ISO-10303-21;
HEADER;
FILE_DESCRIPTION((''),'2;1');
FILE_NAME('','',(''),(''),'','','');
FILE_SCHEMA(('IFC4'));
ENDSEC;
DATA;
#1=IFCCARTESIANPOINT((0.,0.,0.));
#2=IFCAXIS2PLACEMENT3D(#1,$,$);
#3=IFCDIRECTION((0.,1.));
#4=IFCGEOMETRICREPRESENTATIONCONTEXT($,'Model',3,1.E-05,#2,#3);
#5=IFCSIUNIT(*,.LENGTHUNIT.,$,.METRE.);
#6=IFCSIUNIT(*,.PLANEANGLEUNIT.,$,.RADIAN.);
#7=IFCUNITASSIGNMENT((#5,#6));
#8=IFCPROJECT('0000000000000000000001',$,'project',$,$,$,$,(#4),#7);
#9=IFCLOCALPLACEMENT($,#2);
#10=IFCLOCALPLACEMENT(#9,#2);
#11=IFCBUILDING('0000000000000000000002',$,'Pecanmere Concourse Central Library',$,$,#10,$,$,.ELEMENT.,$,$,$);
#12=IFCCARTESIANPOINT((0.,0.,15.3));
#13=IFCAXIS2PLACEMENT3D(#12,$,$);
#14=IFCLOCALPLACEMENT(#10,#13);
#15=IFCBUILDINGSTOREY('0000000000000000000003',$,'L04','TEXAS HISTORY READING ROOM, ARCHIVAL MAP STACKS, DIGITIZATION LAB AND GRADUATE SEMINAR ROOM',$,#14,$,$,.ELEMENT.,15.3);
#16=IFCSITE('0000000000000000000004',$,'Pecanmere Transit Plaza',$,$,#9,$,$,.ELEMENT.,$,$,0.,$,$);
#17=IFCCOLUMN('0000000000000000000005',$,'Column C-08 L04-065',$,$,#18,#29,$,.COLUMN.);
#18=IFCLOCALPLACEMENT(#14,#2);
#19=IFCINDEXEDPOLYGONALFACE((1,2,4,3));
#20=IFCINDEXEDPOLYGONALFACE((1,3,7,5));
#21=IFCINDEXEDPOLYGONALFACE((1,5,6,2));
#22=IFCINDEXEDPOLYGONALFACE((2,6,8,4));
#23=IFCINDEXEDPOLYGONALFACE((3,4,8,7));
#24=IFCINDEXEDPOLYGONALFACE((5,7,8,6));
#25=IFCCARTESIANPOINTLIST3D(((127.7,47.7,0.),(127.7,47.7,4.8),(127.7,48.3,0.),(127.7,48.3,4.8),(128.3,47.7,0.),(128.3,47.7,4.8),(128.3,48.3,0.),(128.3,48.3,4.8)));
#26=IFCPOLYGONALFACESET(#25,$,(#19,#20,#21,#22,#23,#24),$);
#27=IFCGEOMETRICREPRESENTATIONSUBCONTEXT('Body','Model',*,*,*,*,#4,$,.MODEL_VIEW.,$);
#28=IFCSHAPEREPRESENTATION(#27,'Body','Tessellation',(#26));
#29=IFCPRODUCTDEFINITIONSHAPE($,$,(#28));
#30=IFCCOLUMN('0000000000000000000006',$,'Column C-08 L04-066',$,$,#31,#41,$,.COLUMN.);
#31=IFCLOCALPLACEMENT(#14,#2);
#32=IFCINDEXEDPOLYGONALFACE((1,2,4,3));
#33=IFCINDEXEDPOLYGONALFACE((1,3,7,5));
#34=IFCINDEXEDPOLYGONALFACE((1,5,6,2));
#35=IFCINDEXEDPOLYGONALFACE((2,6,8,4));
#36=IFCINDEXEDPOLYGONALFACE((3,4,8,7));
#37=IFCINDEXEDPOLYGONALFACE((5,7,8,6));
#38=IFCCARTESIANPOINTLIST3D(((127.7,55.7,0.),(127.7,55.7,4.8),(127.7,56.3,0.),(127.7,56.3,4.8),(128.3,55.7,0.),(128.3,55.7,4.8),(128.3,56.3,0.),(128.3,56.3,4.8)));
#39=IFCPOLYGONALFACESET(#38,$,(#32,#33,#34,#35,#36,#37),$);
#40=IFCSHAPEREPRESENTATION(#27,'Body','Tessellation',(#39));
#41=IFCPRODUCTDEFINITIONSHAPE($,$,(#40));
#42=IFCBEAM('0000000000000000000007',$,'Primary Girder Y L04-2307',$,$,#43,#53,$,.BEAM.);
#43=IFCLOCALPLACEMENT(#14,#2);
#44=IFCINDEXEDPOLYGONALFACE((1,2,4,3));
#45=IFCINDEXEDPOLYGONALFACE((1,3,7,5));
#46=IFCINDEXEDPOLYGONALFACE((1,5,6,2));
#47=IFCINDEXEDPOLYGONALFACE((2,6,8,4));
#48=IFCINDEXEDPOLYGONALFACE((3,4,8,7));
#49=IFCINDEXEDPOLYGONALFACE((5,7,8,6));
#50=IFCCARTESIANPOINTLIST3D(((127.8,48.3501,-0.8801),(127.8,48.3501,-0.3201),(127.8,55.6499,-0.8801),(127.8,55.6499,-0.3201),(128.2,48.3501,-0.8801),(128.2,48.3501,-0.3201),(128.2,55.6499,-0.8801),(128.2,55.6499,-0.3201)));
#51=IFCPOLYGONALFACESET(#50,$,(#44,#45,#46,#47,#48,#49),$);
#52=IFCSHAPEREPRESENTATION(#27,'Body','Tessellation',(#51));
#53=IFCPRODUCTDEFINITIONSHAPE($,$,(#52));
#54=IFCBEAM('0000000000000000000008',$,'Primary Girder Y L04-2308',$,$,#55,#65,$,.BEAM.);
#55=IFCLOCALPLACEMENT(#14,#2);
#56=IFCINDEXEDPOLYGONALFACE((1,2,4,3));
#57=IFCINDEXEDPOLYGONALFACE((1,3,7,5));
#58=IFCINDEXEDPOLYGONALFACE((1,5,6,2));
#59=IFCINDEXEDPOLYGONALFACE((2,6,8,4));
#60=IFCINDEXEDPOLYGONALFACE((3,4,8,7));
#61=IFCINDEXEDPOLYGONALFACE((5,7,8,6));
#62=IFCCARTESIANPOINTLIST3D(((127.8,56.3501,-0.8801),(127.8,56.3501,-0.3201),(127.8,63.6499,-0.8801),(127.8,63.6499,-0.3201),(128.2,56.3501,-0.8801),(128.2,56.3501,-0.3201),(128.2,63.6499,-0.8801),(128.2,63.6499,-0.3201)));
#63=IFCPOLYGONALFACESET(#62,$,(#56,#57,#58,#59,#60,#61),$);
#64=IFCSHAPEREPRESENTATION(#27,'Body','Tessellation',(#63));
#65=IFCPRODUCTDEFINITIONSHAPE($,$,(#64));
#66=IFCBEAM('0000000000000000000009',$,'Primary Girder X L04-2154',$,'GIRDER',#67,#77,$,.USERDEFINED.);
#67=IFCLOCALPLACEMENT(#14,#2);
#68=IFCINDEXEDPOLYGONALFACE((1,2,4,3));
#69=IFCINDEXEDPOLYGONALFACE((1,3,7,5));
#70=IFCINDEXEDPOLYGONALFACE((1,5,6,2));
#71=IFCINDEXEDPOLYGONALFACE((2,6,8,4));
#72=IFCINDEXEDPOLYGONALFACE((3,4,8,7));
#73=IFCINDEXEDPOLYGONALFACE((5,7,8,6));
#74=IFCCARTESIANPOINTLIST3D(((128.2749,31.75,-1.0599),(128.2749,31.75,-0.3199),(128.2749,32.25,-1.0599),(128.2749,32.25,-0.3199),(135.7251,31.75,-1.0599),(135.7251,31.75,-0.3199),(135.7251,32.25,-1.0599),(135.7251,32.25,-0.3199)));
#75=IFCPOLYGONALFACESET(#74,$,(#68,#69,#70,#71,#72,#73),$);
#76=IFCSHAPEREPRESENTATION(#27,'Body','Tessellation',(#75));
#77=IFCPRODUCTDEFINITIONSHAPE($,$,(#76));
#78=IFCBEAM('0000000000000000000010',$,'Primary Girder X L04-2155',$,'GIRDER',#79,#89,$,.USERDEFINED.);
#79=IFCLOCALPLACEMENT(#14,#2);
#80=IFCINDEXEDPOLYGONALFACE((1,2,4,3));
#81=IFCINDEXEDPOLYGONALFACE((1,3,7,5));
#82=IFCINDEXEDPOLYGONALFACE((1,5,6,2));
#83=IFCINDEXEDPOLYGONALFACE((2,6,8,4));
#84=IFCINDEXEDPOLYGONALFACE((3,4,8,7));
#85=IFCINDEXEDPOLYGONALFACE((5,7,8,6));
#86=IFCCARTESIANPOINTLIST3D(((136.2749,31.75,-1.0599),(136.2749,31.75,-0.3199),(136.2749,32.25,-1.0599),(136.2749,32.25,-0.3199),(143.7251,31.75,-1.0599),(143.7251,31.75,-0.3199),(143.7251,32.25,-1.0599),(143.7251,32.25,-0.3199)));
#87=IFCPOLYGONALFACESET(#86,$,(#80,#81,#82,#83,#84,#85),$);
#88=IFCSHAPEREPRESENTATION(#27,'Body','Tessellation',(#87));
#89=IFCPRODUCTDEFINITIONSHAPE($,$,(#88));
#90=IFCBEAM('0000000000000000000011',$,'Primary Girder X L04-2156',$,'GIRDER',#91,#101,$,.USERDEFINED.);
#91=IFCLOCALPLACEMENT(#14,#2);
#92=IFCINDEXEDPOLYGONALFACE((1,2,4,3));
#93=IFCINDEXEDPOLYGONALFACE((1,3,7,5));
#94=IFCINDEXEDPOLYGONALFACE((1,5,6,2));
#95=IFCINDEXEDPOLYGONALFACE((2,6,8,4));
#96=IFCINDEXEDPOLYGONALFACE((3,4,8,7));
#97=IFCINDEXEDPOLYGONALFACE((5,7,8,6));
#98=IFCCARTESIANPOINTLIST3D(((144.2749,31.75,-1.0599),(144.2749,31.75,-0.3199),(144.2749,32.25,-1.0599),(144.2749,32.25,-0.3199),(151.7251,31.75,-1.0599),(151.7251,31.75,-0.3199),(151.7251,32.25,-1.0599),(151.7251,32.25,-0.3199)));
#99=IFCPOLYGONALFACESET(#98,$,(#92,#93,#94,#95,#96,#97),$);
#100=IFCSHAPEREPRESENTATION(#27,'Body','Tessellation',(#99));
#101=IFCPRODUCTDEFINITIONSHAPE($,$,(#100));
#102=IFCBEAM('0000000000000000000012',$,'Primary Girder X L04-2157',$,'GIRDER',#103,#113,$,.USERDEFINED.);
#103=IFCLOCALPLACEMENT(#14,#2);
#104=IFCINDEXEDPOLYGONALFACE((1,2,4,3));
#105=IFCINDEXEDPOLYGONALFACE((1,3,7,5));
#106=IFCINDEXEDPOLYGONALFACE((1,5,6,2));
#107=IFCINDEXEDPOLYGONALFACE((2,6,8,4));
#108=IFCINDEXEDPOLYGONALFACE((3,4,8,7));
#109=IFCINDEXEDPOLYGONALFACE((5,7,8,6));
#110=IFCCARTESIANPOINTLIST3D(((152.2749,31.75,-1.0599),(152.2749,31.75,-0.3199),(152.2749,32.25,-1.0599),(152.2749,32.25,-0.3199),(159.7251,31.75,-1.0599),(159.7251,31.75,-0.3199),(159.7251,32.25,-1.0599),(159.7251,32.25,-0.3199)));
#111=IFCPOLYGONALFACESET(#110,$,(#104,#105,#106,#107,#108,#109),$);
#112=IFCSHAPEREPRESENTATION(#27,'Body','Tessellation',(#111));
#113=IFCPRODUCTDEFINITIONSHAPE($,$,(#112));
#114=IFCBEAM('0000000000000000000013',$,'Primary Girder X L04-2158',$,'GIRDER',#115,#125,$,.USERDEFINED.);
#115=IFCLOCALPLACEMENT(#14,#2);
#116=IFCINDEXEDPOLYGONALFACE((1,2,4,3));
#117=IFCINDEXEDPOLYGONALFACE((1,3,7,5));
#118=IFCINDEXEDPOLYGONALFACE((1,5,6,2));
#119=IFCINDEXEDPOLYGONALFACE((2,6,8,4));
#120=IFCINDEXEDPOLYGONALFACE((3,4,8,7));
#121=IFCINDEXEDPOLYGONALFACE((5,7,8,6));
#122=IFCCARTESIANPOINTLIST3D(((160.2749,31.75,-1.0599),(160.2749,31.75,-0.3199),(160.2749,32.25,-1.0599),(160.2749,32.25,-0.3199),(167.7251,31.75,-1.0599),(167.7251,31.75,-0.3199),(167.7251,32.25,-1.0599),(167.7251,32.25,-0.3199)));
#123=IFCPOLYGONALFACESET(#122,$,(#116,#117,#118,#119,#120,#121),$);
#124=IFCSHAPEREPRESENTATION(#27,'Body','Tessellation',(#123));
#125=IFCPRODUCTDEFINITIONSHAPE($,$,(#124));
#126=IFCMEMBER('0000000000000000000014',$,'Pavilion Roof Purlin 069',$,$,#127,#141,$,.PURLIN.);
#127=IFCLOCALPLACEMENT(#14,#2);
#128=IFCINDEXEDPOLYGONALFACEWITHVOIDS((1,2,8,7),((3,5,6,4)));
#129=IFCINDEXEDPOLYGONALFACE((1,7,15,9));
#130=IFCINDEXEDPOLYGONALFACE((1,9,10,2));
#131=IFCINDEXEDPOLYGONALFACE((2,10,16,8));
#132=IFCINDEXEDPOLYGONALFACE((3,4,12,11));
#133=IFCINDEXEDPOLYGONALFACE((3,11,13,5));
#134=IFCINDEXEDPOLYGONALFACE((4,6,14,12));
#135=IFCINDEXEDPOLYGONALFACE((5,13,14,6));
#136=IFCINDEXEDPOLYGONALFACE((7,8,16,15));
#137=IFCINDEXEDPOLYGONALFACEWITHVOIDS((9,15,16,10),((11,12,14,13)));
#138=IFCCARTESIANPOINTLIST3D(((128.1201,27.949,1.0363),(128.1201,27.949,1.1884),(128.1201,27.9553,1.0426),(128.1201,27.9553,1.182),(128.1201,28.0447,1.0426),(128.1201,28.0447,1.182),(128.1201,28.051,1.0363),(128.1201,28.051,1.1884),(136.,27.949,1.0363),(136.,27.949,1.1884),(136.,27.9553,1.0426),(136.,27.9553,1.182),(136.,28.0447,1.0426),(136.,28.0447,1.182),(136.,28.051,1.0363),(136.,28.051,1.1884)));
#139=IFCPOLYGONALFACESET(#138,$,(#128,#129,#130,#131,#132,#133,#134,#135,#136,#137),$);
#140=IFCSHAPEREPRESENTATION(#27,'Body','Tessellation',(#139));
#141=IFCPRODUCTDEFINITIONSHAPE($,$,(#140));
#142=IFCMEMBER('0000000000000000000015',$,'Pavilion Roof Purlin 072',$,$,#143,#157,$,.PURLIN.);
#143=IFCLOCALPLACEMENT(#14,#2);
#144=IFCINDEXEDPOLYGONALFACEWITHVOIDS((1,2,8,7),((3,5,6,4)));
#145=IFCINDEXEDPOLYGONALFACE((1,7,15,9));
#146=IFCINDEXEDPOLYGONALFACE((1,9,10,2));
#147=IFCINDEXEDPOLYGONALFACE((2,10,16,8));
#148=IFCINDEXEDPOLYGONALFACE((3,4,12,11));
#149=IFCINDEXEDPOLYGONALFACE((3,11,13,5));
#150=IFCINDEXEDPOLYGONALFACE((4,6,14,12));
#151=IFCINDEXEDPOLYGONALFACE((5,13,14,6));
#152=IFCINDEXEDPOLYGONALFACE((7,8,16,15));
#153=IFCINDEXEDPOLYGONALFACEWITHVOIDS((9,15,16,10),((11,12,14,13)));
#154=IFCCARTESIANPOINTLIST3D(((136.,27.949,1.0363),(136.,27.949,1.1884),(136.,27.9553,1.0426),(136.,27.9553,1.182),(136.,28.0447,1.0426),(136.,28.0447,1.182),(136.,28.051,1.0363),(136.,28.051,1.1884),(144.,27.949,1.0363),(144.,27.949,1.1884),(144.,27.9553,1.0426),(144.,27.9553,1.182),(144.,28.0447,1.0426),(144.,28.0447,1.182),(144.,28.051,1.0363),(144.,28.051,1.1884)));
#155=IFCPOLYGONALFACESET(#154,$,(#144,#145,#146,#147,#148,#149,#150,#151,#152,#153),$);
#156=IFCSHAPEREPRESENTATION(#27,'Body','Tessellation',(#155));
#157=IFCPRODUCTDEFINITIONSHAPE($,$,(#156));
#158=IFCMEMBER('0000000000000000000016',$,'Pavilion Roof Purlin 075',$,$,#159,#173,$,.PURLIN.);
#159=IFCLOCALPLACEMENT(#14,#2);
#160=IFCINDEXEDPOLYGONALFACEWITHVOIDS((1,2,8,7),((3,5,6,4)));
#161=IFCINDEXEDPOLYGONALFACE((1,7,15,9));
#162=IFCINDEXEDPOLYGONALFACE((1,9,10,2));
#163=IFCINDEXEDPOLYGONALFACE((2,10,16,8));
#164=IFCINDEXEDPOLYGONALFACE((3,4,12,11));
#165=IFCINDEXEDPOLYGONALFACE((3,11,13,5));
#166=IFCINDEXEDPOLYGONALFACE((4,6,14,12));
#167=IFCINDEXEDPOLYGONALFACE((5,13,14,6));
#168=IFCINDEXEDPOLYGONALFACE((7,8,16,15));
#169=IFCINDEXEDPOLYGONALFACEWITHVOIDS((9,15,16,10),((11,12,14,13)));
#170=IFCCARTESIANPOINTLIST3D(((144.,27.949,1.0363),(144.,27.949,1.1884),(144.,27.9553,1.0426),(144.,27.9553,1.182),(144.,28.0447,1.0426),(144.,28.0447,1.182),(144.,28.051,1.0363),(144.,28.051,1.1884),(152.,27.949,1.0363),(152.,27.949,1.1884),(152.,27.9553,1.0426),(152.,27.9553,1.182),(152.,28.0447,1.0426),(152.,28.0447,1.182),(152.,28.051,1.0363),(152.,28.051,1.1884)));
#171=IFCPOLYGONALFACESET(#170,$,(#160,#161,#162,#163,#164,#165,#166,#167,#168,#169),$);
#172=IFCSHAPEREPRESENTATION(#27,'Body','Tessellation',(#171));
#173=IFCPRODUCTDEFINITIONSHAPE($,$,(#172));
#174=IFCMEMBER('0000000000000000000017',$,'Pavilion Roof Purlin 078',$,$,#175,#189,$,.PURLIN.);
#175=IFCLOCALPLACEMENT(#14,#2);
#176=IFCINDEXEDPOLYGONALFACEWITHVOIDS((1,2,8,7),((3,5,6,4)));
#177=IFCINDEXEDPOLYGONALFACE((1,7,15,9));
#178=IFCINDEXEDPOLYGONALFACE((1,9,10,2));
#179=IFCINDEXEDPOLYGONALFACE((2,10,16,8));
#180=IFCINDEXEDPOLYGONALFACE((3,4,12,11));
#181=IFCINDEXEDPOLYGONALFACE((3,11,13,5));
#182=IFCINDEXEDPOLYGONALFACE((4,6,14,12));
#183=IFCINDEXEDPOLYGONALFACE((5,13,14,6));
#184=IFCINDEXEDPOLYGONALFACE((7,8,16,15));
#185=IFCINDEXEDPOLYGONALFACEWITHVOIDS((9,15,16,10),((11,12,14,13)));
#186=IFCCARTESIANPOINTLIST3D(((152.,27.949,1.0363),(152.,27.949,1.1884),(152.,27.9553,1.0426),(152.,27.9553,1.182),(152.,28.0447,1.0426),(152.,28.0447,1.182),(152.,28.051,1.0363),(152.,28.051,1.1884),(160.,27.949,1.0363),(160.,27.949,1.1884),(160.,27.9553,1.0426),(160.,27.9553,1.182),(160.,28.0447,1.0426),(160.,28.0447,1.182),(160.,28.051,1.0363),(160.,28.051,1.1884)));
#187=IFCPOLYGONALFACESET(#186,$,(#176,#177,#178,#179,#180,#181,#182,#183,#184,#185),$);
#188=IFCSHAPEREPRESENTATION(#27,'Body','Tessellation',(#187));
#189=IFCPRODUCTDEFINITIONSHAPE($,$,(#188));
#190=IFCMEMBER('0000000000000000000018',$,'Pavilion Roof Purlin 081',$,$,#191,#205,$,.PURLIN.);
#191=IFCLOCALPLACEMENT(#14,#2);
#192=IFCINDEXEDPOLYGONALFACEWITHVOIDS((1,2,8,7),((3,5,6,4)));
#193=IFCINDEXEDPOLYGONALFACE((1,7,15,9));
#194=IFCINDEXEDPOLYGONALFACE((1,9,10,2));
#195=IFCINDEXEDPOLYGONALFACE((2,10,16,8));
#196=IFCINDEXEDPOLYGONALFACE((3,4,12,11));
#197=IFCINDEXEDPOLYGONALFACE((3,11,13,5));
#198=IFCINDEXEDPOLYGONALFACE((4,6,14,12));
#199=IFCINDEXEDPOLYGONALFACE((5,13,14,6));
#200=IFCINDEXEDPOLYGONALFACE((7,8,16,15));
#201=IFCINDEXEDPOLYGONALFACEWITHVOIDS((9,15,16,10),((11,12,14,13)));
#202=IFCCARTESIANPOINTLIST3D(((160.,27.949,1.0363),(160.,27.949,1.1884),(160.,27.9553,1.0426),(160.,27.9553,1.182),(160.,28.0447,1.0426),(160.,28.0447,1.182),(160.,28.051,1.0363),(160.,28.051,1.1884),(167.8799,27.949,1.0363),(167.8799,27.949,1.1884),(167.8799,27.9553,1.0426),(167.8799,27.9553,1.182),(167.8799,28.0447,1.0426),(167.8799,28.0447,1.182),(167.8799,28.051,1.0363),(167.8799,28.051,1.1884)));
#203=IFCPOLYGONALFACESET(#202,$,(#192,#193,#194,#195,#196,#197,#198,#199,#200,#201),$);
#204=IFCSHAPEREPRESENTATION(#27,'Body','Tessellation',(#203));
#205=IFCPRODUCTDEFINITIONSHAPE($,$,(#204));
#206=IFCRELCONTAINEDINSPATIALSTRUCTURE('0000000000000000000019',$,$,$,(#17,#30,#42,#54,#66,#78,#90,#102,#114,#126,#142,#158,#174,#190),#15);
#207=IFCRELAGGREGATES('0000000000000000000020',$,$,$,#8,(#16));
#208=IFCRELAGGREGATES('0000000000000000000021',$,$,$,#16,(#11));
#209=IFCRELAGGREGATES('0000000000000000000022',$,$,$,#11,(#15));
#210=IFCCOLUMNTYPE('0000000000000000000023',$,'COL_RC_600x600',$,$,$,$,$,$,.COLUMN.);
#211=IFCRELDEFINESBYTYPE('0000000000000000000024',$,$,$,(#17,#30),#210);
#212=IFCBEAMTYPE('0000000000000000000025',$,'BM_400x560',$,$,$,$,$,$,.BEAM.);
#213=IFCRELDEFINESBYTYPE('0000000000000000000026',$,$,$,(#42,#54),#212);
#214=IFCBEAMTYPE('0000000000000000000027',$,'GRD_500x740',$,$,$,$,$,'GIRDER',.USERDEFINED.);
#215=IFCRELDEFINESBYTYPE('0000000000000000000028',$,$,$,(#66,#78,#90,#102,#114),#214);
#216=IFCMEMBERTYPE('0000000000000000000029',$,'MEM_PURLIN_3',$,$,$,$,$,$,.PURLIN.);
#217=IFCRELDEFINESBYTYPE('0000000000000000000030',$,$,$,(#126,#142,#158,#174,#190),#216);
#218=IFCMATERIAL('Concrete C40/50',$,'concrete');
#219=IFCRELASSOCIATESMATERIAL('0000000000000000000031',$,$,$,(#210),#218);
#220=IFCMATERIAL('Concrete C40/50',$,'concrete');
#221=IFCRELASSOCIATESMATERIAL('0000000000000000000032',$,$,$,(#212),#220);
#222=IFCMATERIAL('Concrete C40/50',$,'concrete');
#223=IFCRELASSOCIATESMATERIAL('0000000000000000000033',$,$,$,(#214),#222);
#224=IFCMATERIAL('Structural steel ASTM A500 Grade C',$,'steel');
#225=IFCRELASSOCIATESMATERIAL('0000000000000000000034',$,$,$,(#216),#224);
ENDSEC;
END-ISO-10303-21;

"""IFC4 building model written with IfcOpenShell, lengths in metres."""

from ifc_helpers import new_model, si_unit, direction, frame, origin, origin_2d, place, context, subcontext, project, spatial, rectangle, hollow_rectangle, extrude, material, material_profile, profile_set, type_object, element, save


model = new_model("IFC4")

# Units and contexts
model_context = context("Model", 3, precision=1e-05, world=origin(), true_north=direction((0.0, 1.0)))
body_context = subcontext(model_context, "Body", "Model", "MODEL_VIEW")
ifc_project = project(units=[si_unit("LENGTHUNIT", "METRE"), si_unit("PLANEANGLEUNIT", "RADIAN")], contexts=[model_context])

# Site, building, storey
site_placement = place(None, origin())
site = spatial("IfcSite", under=ifc_project, at=site_placement, Name="Pecanmere Transit Plaza", CompositionType="ELEMENT", RefElevation=0.0)
building_placement = place(site_placement, origin())
building = spatial("IfcBuilding", under=site, at=building_placement, Name="Pecanmere Concourse Central Library", CompositionType="ELEMENT")
storey_placement = place(building_placement, frame((0.0, 0.0, 15.3)))
storey = spatial("IfcBuildingStorey", under=building, at=storey_placement, Name="L04", Description="TEXAS HISTORY READING ROOM, ARCHIVAL MAP STACKS, DIGITIZATION LAB AND GRADUATE SEMINAR ROOM", CompositionType="ELEMENT", Elevation=15.3)

# Columns
ifc_material_1 = material(Name="Concrete C40/50", Category="concrete")
ifc_material_profile_1 = material_profile(ifc_material_1, rectangle(XDim=0.6001, YDim=0.6001, at=origin_2d()), Name="RC 600x600")
ifc_profile_set_1 = profile_set([ifc_material_profile_1], Name="Concrete C40/50")
column_type = type_object("IfcColumnType", Name="COL_RC_600x600", PredefinedType="COLUMN", material=ifc_profile_set_1)
for number, where, z_axis, x_axis, name in (
    (1, (128.0, 48.0, 0.0), (0.0, 0.0, 1.0), (1.0, 0.0, 0.0), "Column C-08 L04-065"),
    (2, (128.0, 56.0, 0.0), (0.0, 0.0, 1.0), (1.0, 0.0, 0.0), "Column C-08 L04-066"),
):
    element("IfcColumn", number, at=place(storey_placement, frame(where, z_axis=z_axis, x_axis=x_axis)), inside=storey, type_object=column_type, Name=name, PredefinedType="COLUMN", context=body_context, shape_type="SweptSolid", body=[
        extrude(rectangle(XDim=0.6001, YDim=0.6001, at=origin_2d()), origin(), (0.0, 0.0, 1.0), 4.8),
    ])

# Beams
ifc_material_2 = material(Name="Concrete C40/50", Category="concrete")
ifc_material_profile_2 = material_profile(ifc_material_2, rectangle(XDim=0.3999, YDim=0.5601, at=origin_2d()), Name="RC 400x560")
ifc_profile_set_2 = profile_set([ifc_material_profile_2], Name="Concrete C40/50")
beam_type_1 = type_object("IfcBeamType", Name="BM_400x560", PredefinedType="BEAM", material=ifc_profile_set_2)
for number, where, z_axis, x_axis, name in (
    (3, (128.0, 48.3501, -0.6001), (0.0, 1.0, 0.0), (-1.0, 0.0, 0.0), "Primary Girder Y L04-2307"),
    (4, (128.0, 56.3501, -0.6001), (0.0, 1.0, 0.0), (-1.0, 0.0, 0.0), "Primary Girder Y L04-2308"),
):
    element("IfcBeam", number, at=place(storey_placement, frame(where, z_axis=z_axis, x_axis=x_axis)), inside=storey, type_object=beam_type_1, Name=name, PredefinedType="BEAM", context=body_context, shape_type="SweptSolid", body=[
        extrude(rectangle(XDim=0.3999, YDim=0.5601, at=origin_2d()), origin(), (0.0, 0.0, 1.0), 7.2998),
    ])
ifc_material_3 = material(Name="Concrete C40/50", Category="concrete")
ifc_material_profile_3 = material_profile(ifc_material_3, rectangle(XDim=0.5, YDim=0.74, at=origin_2d()), Name="RC 500x740")
ifc_profile_set_3 = profile_set([ifc_material_profile_3], Name="Concrete C40/50")
beam_type_2 = type_object("IfcBeamType", Name="GRD_500x740", ElementType="GIRDER", PredefinedType="USERDEFINED", material=ifc_profile_set_3)
for number, where, z_axis, x_axis, name in (
    (5, (128.2749, 32.0, -0.6899), (1.0, 0.0, 0.0), (0.0, 1.0, 0.0), "Primary Girder X L04-2154"),
    (6, (136.2749, 32.0, -0.6899), (1.0, 0.0, 0.0), (0.0, 1.0, 0.0), "Primary Girder X L04-2155"),
    (7, (144.2749, 32.0, -0.6899), (1.0, 0.0, 0.0), (0.0, 1.0, 0.0), "Primary Girder X L04-2156"),
    (8, (152.2749, 32.0, -0.6899), (1.0, 0.0, 0.0), (0.0, 1.0, 0.0), "Primary Girder X L04-2157"),
    (9, (160.2749, 32.0, -0.6899), (1.0, 0.0, 0.0), (0.0, 1.0, 0.0), "Primary Girder X L04-2158"),
):
    element("IfcBeam", number, at=place(storey_placement, frame(where, z_axis=z_axis, x_axis=x_axis)), inside=storey, type_object=beam_type_2, Name=name, ObjectType="GIRDER", PredefinedType="USERDEFINED", context=body_context, shape_type="SweptSolid", body=[
        extrude(rectangle(XDim=0.5, YDim=0.74, at=origin_2d()), origin(), (0.0, 0.0, 1.0), 7.4502),
    ])

# Members
ifc_material_4 = material(Name="Structural steel ASTM A500 Grade C", Category="steel")
ifc_material_profile_4 = material_profile(ifc_material_4, hollow_rectangle(XDim=0.1021, YDim=0.1521, WallThickness=0.0063, at=origin_2d()), Name="HSS152x102x6.4")
ifc_profile_set_4 = profile_set([ifc_material_profile_4], Name="Structural steel ASTM A500 Grade C")
member_type_1 = type_object("IfcMemberType", Name="MEM_PURLIN_3", PredefinedType="PURLIN", material=ifc_profile_set_4)
member_1_placement = place(storey_placement, frame((128.1201, 28.0, 1.1123), z_axis=(1.0, 0.0, 0.0), x_axis=(0.0, 1.0, 0.0)))
element("IfcMember", 10, at=member_1_placement, inside=storey, type_object=member_type_1, Name="Pavilion Roof Purlin 069", PredefinedType="PURLIN", context=body_context, shape_type="SweptSolid", body=[
    extrude(hollow_rectangle(XDim=0.1021, YDim=0.1521, WallThickness=0.0063, at=origin_2d()), origin(), (0.0, 0.0, 1.0), 7.8799),
])
for number, where, z_axis, x_axis, name in (
    (11, (136.0, 28.0, 1.1123), (1.0, 0.0, 0.0), (0.0, 1.0, 0.0), "Pavilion Roof Purlin 072"),
    (12, (144.0, 28.0, 1.1123), (1.0, 0.0, 0.0), (0.0, 1.0, 0.0), "Pavilion Roof Purlin 075"),
    (13, (152.0, 28.0, 1.1123), (1.0, 0.0, 0.0), (0.0, 1.0, 0.0), "Pavilion Roof Purlin 078"),
):
    element("IfcMember", number, at=place(storey_placement, frame(where, z_axis=z_axis, x_axis=x_axis)), inside=storey, type_object=member_type_1, Name=name, PredefinedType="PURLIN", context=body_context, shape_type="SweptSolid", body=[
        extrude(hollow_rectangle(XDim=0.1021, YDim=0.1521, WallThickness=0.0063, at=origin_2d()), origin(), (0.0, 0.0, 1.0), 8.0),
    ])
member_2_placement = place(storey_placement, frame((160.0, 28.0, 1.1123), z_axis=(1.0, 0.0, 0.0), x_axis=(0.0, 1.0, 0.0)))
element("IfcMember", 14, at=member_2_placement, inside=storey, type_object=member_type_1, Name="Pavilion Roof Purlin 081", PredefinedType="PURLIN", context=body_context, shape_type="SweptSolid", body=[
    extrude(hollow_rectangle(XDim=0.1021, YDim=0.1521, WallThickness=0.0063, at=origin_2d()), origin(), (0.0, 0.0, 1.0), 7.8799),
])

save(model, "model.ifc")
